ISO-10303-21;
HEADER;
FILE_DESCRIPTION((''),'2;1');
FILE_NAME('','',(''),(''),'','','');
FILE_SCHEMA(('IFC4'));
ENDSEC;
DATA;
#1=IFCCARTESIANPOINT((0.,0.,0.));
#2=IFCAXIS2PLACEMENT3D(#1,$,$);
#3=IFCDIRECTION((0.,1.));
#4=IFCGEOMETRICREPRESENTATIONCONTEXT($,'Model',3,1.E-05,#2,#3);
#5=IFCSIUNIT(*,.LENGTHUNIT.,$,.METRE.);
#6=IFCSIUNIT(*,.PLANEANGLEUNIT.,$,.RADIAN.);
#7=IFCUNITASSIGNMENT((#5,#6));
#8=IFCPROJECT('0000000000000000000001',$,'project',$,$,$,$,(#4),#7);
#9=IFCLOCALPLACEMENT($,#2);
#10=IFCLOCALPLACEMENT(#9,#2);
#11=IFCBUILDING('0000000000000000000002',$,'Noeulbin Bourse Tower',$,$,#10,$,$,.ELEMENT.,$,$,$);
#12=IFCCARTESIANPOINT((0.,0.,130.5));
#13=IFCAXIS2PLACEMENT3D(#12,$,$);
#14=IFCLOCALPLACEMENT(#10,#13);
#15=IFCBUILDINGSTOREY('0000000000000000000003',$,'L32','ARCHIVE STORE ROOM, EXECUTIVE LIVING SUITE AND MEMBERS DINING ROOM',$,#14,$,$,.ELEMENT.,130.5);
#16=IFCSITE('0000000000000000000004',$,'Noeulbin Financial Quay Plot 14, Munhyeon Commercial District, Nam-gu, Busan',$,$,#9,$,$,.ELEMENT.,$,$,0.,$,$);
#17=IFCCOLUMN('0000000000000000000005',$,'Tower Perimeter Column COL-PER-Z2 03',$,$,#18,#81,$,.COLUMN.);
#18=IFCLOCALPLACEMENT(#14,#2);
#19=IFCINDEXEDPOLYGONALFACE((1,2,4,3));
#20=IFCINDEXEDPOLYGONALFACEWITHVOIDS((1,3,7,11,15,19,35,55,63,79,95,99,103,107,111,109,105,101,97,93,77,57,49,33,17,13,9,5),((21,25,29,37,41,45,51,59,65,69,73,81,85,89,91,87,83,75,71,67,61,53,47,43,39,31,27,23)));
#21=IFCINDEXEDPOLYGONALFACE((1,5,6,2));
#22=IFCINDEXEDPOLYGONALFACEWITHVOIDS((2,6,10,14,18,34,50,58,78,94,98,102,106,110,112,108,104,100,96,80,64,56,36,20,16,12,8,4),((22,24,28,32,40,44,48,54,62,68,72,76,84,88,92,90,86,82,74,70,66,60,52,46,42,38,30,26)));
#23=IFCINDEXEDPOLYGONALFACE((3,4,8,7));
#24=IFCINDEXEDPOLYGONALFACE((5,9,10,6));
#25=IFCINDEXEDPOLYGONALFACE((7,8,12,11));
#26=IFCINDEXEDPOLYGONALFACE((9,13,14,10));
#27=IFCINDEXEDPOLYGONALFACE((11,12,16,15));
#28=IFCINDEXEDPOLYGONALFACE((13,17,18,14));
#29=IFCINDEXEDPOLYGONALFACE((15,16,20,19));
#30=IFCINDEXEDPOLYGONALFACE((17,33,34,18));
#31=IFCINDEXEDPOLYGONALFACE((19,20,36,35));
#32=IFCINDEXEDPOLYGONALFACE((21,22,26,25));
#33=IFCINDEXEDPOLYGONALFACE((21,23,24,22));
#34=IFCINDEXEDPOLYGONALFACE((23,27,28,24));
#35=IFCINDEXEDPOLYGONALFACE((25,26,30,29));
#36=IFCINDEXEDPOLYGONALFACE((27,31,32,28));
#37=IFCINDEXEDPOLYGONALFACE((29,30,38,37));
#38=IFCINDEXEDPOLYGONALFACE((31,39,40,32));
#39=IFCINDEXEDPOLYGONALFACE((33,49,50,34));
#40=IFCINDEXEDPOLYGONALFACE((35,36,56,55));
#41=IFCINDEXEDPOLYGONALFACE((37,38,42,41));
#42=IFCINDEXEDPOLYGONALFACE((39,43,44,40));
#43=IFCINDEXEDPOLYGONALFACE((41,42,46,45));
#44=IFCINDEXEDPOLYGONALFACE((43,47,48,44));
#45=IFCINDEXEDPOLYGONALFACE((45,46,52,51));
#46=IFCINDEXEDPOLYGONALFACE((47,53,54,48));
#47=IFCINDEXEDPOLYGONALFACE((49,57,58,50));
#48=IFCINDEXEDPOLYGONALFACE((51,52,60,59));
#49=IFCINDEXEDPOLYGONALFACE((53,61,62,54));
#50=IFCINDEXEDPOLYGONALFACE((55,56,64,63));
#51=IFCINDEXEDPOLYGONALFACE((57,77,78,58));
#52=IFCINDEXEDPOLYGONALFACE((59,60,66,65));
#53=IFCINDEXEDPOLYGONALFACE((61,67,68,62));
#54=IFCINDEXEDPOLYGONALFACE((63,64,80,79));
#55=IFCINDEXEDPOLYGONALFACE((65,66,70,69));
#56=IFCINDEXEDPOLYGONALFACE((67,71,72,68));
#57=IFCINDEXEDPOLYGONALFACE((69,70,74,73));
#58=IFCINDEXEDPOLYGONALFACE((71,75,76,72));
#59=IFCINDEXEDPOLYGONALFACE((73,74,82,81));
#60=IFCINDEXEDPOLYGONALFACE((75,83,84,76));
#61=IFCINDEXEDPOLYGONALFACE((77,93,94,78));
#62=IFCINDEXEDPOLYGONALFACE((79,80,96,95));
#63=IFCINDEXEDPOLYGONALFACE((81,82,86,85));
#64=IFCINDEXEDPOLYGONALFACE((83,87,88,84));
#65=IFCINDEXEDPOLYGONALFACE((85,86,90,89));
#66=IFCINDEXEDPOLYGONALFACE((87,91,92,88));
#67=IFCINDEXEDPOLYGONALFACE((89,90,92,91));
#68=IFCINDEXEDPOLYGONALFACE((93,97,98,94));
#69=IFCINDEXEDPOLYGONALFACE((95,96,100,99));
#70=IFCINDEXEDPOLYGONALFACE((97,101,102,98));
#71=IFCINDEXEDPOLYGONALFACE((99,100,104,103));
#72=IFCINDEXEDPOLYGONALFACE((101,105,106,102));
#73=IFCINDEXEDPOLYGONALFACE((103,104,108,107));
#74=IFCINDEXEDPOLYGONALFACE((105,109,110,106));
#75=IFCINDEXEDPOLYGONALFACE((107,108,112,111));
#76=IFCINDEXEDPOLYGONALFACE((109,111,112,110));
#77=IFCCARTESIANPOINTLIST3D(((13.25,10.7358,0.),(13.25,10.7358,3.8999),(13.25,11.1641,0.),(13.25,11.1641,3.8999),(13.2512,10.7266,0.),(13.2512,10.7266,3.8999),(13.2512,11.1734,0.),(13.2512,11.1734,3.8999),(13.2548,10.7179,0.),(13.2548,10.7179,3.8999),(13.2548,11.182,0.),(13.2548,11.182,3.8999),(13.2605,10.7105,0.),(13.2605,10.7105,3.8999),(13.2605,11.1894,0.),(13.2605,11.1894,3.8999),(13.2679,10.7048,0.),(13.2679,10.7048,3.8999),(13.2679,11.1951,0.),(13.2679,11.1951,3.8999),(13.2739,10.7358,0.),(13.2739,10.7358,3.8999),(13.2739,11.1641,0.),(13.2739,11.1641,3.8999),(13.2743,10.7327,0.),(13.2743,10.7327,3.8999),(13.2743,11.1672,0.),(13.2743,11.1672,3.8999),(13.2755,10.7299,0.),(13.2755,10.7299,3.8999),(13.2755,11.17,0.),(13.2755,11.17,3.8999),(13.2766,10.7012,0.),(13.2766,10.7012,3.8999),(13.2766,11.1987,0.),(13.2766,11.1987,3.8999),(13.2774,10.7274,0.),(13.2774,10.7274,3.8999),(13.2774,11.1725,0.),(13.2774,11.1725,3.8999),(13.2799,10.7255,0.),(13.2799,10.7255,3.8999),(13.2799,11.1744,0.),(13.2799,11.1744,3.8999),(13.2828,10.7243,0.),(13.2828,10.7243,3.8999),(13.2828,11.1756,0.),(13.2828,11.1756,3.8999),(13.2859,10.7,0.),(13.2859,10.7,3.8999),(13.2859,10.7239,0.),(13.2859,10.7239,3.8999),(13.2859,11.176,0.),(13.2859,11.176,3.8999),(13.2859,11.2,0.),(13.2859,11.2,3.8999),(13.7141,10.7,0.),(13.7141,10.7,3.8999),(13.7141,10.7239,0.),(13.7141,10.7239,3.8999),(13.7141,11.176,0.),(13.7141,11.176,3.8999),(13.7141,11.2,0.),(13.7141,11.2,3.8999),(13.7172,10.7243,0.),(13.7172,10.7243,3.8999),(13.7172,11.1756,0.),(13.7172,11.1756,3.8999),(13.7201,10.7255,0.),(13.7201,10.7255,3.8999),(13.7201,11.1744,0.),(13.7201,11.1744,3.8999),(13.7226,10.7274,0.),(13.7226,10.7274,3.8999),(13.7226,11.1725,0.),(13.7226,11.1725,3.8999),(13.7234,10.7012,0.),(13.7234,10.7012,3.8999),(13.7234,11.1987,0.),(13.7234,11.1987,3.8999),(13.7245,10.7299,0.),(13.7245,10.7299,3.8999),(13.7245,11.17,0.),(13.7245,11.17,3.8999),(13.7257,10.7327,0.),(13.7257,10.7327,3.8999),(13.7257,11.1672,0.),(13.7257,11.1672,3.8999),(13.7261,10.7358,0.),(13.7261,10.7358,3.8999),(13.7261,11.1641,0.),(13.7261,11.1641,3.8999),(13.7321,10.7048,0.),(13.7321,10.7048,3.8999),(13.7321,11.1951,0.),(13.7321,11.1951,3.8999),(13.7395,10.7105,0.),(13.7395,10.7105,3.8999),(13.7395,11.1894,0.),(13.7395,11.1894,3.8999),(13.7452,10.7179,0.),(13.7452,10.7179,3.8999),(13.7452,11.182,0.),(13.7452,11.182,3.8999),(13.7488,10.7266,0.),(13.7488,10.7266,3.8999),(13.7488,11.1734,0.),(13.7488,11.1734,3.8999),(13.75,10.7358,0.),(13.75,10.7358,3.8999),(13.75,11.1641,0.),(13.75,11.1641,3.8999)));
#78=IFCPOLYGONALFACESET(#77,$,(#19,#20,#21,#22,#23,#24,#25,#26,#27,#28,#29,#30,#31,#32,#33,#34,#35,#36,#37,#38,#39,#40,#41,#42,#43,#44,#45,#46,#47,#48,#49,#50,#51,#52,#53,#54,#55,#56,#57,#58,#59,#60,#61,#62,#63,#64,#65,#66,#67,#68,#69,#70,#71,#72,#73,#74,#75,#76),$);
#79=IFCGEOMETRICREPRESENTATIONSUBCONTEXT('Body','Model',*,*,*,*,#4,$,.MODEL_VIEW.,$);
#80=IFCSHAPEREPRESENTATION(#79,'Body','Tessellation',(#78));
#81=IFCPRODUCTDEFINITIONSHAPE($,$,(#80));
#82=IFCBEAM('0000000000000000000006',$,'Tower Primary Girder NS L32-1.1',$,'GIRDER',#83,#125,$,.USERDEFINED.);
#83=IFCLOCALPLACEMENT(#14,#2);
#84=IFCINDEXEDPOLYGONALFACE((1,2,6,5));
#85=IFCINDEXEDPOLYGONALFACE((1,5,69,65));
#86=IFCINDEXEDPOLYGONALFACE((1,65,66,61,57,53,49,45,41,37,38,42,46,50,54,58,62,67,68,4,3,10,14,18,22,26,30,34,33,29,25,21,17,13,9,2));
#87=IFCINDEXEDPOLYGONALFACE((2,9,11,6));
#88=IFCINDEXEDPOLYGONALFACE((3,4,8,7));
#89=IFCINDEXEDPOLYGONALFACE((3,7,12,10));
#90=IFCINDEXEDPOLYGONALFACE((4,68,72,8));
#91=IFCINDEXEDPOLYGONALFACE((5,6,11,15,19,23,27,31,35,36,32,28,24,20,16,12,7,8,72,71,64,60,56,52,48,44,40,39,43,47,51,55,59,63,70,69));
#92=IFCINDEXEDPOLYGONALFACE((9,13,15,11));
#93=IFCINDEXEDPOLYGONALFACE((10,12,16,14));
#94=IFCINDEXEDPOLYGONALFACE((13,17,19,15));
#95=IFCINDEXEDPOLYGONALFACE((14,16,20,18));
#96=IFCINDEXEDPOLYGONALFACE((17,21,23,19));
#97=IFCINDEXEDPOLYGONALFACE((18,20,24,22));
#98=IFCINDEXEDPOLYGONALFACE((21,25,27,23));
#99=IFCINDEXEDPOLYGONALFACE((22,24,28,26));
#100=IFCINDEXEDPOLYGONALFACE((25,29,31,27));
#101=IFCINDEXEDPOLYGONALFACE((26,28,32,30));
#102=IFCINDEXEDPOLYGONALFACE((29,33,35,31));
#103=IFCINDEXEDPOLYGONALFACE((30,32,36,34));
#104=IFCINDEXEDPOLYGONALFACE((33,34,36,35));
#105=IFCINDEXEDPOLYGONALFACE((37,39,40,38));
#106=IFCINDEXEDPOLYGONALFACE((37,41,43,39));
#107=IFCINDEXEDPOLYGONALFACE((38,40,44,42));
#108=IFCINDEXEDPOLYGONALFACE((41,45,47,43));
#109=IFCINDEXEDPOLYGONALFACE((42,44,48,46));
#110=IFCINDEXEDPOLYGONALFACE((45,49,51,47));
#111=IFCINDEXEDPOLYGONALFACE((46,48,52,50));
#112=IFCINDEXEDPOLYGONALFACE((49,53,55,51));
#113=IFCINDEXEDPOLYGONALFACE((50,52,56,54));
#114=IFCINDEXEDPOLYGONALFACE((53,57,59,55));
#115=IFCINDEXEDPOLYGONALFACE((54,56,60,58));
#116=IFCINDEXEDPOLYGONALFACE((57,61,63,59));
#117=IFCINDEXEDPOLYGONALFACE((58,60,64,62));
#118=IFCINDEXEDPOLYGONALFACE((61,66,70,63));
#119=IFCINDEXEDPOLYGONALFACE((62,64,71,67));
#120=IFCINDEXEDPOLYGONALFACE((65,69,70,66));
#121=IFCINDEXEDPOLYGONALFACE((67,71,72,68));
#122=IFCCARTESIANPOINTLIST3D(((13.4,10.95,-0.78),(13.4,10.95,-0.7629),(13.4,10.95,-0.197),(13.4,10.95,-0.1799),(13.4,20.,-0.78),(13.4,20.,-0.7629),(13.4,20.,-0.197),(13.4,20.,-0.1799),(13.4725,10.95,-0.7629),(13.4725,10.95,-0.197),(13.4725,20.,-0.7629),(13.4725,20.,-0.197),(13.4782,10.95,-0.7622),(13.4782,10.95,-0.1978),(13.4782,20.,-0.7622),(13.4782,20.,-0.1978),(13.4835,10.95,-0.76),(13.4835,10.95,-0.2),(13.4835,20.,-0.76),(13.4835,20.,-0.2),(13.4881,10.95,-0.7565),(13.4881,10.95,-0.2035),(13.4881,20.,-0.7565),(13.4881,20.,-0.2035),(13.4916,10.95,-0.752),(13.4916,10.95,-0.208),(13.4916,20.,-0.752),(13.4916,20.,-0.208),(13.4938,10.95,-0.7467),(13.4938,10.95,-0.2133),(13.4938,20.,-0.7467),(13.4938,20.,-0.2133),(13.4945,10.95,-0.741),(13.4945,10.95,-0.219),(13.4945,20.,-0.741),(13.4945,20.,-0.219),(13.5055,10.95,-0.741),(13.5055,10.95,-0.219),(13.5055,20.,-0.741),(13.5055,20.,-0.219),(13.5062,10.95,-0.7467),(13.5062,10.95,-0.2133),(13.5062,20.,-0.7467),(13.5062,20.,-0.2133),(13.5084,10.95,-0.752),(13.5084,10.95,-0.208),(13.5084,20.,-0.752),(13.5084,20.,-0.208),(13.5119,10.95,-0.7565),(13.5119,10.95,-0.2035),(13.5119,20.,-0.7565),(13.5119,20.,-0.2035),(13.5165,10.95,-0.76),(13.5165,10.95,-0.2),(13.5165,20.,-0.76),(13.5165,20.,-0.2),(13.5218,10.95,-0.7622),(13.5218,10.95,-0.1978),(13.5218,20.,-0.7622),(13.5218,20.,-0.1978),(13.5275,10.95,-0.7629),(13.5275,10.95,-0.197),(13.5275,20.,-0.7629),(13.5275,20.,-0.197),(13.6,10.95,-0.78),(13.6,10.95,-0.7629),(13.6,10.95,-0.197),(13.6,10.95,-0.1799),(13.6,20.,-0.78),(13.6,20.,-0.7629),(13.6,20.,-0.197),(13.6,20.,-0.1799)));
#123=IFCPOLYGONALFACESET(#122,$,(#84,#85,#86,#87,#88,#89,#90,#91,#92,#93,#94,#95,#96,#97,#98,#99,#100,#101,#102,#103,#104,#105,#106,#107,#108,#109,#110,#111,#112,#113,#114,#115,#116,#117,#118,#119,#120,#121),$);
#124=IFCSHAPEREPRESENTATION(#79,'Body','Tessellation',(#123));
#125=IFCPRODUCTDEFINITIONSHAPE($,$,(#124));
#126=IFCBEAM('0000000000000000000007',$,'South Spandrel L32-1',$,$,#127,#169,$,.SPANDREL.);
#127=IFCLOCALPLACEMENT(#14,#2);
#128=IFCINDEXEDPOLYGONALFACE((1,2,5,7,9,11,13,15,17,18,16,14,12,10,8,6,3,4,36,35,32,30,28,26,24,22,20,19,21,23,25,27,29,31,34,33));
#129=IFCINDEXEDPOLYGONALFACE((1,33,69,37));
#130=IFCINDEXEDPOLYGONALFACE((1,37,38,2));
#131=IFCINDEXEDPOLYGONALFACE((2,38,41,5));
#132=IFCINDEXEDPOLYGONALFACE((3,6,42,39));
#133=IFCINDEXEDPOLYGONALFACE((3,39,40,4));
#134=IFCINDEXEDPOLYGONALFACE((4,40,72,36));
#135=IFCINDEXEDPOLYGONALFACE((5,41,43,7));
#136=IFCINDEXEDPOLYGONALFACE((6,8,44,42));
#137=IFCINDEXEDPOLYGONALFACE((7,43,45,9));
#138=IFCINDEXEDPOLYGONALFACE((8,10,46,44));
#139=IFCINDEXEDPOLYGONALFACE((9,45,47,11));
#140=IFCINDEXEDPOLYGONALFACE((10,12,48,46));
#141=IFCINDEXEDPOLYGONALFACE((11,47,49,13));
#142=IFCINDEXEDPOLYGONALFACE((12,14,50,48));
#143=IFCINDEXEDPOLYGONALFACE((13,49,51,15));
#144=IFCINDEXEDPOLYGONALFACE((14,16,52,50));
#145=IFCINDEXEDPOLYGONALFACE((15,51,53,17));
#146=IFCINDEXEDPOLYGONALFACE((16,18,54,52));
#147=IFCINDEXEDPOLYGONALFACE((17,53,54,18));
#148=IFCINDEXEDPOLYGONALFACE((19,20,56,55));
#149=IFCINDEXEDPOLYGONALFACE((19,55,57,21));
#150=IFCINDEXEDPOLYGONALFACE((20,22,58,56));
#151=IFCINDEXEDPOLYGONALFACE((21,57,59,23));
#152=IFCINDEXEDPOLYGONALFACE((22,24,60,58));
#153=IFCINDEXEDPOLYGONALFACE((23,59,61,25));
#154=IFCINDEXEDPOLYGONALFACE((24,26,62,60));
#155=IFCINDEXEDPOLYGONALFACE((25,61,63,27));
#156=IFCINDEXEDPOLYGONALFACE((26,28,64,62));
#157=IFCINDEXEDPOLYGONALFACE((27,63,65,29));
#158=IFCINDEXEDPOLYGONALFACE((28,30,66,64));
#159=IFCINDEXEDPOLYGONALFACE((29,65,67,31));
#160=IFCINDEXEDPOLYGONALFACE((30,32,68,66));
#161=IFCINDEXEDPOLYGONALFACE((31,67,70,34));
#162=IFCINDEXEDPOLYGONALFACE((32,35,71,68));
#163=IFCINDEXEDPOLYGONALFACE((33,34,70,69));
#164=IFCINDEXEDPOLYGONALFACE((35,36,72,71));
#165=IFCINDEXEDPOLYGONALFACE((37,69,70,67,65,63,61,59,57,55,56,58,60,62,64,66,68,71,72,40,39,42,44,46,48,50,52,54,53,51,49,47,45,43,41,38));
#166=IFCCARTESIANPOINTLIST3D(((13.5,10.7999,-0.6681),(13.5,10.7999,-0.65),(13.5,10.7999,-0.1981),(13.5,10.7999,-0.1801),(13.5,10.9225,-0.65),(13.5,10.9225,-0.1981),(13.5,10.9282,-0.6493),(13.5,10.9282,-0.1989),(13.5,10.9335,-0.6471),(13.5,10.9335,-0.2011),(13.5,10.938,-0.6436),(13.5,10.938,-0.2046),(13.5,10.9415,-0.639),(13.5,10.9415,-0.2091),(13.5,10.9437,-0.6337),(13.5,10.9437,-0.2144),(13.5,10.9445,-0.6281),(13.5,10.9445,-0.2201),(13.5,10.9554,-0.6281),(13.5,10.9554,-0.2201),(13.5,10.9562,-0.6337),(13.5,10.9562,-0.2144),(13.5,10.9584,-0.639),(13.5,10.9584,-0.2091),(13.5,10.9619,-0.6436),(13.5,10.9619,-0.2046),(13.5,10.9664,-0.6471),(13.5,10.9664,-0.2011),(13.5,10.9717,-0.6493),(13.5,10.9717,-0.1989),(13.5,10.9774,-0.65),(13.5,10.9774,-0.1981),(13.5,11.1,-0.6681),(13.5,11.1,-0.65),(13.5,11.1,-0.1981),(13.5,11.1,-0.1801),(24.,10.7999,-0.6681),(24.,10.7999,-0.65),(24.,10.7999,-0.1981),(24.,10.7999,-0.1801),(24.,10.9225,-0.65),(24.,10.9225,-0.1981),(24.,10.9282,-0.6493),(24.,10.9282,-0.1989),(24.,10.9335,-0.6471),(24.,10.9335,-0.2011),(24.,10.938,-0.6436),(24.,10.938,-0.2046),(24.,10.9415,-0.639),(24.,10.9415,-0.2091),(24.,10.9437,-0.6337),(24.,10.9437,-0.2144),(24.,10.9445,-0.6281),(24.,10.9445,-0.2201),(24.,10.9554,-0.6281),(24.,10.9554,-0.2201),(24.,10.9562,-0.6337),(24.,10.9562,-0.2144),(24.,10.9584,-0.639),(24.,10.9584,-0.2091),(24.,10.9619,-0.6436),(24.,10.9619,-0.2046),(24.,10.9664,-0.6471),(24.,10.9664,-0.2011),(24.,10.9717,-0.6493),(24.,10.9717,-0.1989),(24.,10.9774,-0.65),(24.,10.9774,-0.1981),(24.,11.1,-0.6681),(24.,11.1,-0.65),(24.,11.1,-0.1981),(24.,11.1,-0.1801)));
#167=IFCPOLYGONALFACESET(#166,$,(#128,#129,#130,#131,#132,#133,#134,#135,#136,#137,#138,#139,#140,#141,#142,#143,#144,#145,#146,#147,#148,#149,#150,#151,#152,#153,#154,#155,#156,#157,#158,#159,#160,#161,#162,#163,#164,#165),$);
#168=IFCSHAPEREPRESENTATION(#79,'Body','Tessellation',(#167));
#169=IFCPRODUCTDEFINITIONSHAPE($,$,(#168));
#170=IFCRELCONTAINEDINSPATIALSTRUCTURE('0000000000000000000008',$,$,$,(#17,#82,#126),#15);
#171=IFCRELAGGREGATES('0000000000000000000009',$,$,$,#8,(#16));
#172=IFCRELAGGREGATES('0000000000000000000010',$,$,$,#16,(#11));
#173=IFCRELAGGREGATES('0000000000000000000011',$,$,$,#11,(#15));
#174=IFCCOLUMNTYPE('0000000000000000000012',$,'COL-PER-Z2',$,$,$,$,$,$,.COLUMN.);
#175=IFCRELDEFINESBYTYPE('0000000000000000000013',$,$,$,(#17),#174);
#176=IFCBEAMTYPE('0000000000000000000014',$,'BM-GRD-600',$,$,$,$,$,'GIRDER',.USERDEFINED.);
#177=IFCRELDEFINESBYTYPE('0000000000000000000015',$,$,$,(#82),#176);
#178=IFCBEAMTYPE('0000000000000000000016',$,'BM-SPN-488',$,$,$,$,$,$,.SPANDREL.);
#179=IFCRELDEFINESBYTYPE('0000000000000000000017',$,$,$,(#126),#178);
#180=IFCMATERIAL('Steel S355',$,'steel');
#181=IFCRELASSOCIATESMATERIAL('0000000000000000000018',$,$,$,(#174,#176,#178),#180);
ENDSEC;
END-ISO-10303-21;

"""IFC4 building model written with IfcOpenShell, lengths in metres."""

from ifc_helpers import new_model, si_unit, direction, frame, origin, origin_2d, place, context, subcontext, project, spatial, hollow_rectangle, i_section, extrude, material, material_profile, profile_set, type_object, element, save


model = new_model("IFC4")

# Units and contexts
model_context = context("Model", 3, precision=1e-05, world=origin(), true_north=direction((0.0, 1.0)))
body_context = subcontext(model_context, "Body", "Model", "MODEL_VIEW")
ifc_project = project(units=[si_unit("LENGTHUNIT", "METRE"), si_unit("PLANEANGLEUNIT", "RADIAN")], contexts=[model_context])

# Site, building, storey
site_placement = place(None, origin())
site = spatial("IfcSite", under=ifc_project, at=site_placement, Name="Noeulbin Financial Quay Plot 14, Munhyeon Commercial District, Nam-gu, Busan", CompositionType="ELEMENT", RefElevation=0.0)
building_placement = place(site_placement, origin())
building = spatial("IfcBuilding", under=site, at=building_placement, Name="Noeulbin Bourse Tower", CompositionType="ELEMENT")
storey_placement = place(building_placement, frame((0.0, 0.0, 130.5)))
storey = spatial("IfcBuildingStorey", under=building, at=storey_placement, Name="L32", Description="ARCHIVE STORE ROOM, EXECUTIVE LIVING SUITE AND MEMBERS DINING ROOM", CompositionType="ELEMENT", Elevation=130.5)

# Column
ifc_material_1 = material(Name="Steel S355", Category="steel")
ifc_material_profile_1 = material_profile(ifc_material_1, hollow_rectangle(XDim=0.5, YDim=0.5, WallThickness=0.0239, InnerFilletRadius=0.012, OuterFilletRadius=0.0359, at=origin_2d()), Name="BOX-500x500x24", Category="LoadBearing")
ifc_profile_set_1 = profile_set([ifc_material_profile_1], Name="Steel S355")
column_type = type_object("IfcColumnType", Name="COL-PER-Z2", PredefinedType="COLUMN", material=ifc_profile_set_1)
column_placement = place(storey_placement, frame((13.5, 10.95, 0.0), z_axis=(0.0, 0.0, 1.0), x_axis=(1.0, 0.0, 0.0)))
element("IfcColumn", 1, at=column_placement, inside=storey, type_object=column_type, Name="Tower Perimeter Column COL-PER-Z2 03", PredefinedType="COLUMN", context=body_context, shape_type="SweptSolid", body=[
    extrude(hollow_rectangle(XDim=0.5, YDim=0.5, WallThickness=0.0239, InnerFilletRadius=0.012, OuterFilletRadius=0.0359, at=origin_2d()), origin(), (0.0, 0.0, 1.0), 3.8999),
])

# Beams
ifc_material_profile_2 = material_profile(ifc_material_1, i_section(OverallWidth=0.2, OverallDepth=0.6001, WebThickness=0.011, FlangeThickness=0.0171, FilletRadius=0.022, at=origin_2d()), Name="H-600x200x11x17", Category="LoadBearing")
ifc_profile_set_2 = profile_set([ifc_material_profile_2], Name="Steel S355")
beam_type_1 = type_object("IfcBeamType", Name="BM-GRD-600", ElementType="GIRDER", PredefinedType="USERDEFINED", material=ifc_profile_set_2)
beam_1_placement = place(storey_placement, frame((13.5, 10.95, -0.48), z_axis=(0.0, 1.0, 0.0), x_axis=(-1.0, 0.0, 0.0)))
element("IfcBeam", 2, at=beam_1_placement, inside=storey, type_object=beam_type_1, Name="Tower Primary Girder NS L32-1.1", ObjectType="GIRDER", PredefinedType="USERDEFINED", context=body_context, shape_type="SweptSolid", body=[
    extrude(i_section(OverallWidth=0.2, OverallDepth=0.6001, WebThickness=0.011, FlangeThickness=0.0171, FilletRadius=0.022, at=origin_2d()), origin(), (0.0, 0.0, 1.0), 9.05),
])
ifc_material_profile_3 = material_profile(ifc_material_1, i_section(OverallWidth=0.3, OverallDepth=0.488, WebThickness=0.011, FlangeThickness=0.0181, FilletRadius=0.022, at=origin_2d()), Name="H-488x300x11x18", Category="LoadBearing")
ifc_profile_set_3 = profile_set([ifc_material_profile_3], Name="Steel S355")
beam_type_2 = type_object("IfcBeamType", Name="BM-SPN-488", PredefinedType="SPANDREL", material=ifc_profile_set_3)
beam_2_placement = place(storey_placement, frame((13.5, 10.95, -0.4241), z_axis=(1.0, 0.0, 0.0), x_axis=(0.0, 1.0, 0.0)))
element("IfcBeam", 3, at=beam_2_placement, inside=storey, type_object=beam_type_2, Name="South Spandrel L32-1", PredefinedType="SPANDREL", context=body_context, shape_type="SweptSolid", body=[
    extrude(i_section(OverallWidth=0.3, OverallDepth=0.488, WebThickness=0.011, FlangeThickness=0.0181, FilletRadius=0.022, at=origin_2d()), origin(), (0.0, 0.0, 1.0), 10.5),
])

save(model, "model.ifc")
